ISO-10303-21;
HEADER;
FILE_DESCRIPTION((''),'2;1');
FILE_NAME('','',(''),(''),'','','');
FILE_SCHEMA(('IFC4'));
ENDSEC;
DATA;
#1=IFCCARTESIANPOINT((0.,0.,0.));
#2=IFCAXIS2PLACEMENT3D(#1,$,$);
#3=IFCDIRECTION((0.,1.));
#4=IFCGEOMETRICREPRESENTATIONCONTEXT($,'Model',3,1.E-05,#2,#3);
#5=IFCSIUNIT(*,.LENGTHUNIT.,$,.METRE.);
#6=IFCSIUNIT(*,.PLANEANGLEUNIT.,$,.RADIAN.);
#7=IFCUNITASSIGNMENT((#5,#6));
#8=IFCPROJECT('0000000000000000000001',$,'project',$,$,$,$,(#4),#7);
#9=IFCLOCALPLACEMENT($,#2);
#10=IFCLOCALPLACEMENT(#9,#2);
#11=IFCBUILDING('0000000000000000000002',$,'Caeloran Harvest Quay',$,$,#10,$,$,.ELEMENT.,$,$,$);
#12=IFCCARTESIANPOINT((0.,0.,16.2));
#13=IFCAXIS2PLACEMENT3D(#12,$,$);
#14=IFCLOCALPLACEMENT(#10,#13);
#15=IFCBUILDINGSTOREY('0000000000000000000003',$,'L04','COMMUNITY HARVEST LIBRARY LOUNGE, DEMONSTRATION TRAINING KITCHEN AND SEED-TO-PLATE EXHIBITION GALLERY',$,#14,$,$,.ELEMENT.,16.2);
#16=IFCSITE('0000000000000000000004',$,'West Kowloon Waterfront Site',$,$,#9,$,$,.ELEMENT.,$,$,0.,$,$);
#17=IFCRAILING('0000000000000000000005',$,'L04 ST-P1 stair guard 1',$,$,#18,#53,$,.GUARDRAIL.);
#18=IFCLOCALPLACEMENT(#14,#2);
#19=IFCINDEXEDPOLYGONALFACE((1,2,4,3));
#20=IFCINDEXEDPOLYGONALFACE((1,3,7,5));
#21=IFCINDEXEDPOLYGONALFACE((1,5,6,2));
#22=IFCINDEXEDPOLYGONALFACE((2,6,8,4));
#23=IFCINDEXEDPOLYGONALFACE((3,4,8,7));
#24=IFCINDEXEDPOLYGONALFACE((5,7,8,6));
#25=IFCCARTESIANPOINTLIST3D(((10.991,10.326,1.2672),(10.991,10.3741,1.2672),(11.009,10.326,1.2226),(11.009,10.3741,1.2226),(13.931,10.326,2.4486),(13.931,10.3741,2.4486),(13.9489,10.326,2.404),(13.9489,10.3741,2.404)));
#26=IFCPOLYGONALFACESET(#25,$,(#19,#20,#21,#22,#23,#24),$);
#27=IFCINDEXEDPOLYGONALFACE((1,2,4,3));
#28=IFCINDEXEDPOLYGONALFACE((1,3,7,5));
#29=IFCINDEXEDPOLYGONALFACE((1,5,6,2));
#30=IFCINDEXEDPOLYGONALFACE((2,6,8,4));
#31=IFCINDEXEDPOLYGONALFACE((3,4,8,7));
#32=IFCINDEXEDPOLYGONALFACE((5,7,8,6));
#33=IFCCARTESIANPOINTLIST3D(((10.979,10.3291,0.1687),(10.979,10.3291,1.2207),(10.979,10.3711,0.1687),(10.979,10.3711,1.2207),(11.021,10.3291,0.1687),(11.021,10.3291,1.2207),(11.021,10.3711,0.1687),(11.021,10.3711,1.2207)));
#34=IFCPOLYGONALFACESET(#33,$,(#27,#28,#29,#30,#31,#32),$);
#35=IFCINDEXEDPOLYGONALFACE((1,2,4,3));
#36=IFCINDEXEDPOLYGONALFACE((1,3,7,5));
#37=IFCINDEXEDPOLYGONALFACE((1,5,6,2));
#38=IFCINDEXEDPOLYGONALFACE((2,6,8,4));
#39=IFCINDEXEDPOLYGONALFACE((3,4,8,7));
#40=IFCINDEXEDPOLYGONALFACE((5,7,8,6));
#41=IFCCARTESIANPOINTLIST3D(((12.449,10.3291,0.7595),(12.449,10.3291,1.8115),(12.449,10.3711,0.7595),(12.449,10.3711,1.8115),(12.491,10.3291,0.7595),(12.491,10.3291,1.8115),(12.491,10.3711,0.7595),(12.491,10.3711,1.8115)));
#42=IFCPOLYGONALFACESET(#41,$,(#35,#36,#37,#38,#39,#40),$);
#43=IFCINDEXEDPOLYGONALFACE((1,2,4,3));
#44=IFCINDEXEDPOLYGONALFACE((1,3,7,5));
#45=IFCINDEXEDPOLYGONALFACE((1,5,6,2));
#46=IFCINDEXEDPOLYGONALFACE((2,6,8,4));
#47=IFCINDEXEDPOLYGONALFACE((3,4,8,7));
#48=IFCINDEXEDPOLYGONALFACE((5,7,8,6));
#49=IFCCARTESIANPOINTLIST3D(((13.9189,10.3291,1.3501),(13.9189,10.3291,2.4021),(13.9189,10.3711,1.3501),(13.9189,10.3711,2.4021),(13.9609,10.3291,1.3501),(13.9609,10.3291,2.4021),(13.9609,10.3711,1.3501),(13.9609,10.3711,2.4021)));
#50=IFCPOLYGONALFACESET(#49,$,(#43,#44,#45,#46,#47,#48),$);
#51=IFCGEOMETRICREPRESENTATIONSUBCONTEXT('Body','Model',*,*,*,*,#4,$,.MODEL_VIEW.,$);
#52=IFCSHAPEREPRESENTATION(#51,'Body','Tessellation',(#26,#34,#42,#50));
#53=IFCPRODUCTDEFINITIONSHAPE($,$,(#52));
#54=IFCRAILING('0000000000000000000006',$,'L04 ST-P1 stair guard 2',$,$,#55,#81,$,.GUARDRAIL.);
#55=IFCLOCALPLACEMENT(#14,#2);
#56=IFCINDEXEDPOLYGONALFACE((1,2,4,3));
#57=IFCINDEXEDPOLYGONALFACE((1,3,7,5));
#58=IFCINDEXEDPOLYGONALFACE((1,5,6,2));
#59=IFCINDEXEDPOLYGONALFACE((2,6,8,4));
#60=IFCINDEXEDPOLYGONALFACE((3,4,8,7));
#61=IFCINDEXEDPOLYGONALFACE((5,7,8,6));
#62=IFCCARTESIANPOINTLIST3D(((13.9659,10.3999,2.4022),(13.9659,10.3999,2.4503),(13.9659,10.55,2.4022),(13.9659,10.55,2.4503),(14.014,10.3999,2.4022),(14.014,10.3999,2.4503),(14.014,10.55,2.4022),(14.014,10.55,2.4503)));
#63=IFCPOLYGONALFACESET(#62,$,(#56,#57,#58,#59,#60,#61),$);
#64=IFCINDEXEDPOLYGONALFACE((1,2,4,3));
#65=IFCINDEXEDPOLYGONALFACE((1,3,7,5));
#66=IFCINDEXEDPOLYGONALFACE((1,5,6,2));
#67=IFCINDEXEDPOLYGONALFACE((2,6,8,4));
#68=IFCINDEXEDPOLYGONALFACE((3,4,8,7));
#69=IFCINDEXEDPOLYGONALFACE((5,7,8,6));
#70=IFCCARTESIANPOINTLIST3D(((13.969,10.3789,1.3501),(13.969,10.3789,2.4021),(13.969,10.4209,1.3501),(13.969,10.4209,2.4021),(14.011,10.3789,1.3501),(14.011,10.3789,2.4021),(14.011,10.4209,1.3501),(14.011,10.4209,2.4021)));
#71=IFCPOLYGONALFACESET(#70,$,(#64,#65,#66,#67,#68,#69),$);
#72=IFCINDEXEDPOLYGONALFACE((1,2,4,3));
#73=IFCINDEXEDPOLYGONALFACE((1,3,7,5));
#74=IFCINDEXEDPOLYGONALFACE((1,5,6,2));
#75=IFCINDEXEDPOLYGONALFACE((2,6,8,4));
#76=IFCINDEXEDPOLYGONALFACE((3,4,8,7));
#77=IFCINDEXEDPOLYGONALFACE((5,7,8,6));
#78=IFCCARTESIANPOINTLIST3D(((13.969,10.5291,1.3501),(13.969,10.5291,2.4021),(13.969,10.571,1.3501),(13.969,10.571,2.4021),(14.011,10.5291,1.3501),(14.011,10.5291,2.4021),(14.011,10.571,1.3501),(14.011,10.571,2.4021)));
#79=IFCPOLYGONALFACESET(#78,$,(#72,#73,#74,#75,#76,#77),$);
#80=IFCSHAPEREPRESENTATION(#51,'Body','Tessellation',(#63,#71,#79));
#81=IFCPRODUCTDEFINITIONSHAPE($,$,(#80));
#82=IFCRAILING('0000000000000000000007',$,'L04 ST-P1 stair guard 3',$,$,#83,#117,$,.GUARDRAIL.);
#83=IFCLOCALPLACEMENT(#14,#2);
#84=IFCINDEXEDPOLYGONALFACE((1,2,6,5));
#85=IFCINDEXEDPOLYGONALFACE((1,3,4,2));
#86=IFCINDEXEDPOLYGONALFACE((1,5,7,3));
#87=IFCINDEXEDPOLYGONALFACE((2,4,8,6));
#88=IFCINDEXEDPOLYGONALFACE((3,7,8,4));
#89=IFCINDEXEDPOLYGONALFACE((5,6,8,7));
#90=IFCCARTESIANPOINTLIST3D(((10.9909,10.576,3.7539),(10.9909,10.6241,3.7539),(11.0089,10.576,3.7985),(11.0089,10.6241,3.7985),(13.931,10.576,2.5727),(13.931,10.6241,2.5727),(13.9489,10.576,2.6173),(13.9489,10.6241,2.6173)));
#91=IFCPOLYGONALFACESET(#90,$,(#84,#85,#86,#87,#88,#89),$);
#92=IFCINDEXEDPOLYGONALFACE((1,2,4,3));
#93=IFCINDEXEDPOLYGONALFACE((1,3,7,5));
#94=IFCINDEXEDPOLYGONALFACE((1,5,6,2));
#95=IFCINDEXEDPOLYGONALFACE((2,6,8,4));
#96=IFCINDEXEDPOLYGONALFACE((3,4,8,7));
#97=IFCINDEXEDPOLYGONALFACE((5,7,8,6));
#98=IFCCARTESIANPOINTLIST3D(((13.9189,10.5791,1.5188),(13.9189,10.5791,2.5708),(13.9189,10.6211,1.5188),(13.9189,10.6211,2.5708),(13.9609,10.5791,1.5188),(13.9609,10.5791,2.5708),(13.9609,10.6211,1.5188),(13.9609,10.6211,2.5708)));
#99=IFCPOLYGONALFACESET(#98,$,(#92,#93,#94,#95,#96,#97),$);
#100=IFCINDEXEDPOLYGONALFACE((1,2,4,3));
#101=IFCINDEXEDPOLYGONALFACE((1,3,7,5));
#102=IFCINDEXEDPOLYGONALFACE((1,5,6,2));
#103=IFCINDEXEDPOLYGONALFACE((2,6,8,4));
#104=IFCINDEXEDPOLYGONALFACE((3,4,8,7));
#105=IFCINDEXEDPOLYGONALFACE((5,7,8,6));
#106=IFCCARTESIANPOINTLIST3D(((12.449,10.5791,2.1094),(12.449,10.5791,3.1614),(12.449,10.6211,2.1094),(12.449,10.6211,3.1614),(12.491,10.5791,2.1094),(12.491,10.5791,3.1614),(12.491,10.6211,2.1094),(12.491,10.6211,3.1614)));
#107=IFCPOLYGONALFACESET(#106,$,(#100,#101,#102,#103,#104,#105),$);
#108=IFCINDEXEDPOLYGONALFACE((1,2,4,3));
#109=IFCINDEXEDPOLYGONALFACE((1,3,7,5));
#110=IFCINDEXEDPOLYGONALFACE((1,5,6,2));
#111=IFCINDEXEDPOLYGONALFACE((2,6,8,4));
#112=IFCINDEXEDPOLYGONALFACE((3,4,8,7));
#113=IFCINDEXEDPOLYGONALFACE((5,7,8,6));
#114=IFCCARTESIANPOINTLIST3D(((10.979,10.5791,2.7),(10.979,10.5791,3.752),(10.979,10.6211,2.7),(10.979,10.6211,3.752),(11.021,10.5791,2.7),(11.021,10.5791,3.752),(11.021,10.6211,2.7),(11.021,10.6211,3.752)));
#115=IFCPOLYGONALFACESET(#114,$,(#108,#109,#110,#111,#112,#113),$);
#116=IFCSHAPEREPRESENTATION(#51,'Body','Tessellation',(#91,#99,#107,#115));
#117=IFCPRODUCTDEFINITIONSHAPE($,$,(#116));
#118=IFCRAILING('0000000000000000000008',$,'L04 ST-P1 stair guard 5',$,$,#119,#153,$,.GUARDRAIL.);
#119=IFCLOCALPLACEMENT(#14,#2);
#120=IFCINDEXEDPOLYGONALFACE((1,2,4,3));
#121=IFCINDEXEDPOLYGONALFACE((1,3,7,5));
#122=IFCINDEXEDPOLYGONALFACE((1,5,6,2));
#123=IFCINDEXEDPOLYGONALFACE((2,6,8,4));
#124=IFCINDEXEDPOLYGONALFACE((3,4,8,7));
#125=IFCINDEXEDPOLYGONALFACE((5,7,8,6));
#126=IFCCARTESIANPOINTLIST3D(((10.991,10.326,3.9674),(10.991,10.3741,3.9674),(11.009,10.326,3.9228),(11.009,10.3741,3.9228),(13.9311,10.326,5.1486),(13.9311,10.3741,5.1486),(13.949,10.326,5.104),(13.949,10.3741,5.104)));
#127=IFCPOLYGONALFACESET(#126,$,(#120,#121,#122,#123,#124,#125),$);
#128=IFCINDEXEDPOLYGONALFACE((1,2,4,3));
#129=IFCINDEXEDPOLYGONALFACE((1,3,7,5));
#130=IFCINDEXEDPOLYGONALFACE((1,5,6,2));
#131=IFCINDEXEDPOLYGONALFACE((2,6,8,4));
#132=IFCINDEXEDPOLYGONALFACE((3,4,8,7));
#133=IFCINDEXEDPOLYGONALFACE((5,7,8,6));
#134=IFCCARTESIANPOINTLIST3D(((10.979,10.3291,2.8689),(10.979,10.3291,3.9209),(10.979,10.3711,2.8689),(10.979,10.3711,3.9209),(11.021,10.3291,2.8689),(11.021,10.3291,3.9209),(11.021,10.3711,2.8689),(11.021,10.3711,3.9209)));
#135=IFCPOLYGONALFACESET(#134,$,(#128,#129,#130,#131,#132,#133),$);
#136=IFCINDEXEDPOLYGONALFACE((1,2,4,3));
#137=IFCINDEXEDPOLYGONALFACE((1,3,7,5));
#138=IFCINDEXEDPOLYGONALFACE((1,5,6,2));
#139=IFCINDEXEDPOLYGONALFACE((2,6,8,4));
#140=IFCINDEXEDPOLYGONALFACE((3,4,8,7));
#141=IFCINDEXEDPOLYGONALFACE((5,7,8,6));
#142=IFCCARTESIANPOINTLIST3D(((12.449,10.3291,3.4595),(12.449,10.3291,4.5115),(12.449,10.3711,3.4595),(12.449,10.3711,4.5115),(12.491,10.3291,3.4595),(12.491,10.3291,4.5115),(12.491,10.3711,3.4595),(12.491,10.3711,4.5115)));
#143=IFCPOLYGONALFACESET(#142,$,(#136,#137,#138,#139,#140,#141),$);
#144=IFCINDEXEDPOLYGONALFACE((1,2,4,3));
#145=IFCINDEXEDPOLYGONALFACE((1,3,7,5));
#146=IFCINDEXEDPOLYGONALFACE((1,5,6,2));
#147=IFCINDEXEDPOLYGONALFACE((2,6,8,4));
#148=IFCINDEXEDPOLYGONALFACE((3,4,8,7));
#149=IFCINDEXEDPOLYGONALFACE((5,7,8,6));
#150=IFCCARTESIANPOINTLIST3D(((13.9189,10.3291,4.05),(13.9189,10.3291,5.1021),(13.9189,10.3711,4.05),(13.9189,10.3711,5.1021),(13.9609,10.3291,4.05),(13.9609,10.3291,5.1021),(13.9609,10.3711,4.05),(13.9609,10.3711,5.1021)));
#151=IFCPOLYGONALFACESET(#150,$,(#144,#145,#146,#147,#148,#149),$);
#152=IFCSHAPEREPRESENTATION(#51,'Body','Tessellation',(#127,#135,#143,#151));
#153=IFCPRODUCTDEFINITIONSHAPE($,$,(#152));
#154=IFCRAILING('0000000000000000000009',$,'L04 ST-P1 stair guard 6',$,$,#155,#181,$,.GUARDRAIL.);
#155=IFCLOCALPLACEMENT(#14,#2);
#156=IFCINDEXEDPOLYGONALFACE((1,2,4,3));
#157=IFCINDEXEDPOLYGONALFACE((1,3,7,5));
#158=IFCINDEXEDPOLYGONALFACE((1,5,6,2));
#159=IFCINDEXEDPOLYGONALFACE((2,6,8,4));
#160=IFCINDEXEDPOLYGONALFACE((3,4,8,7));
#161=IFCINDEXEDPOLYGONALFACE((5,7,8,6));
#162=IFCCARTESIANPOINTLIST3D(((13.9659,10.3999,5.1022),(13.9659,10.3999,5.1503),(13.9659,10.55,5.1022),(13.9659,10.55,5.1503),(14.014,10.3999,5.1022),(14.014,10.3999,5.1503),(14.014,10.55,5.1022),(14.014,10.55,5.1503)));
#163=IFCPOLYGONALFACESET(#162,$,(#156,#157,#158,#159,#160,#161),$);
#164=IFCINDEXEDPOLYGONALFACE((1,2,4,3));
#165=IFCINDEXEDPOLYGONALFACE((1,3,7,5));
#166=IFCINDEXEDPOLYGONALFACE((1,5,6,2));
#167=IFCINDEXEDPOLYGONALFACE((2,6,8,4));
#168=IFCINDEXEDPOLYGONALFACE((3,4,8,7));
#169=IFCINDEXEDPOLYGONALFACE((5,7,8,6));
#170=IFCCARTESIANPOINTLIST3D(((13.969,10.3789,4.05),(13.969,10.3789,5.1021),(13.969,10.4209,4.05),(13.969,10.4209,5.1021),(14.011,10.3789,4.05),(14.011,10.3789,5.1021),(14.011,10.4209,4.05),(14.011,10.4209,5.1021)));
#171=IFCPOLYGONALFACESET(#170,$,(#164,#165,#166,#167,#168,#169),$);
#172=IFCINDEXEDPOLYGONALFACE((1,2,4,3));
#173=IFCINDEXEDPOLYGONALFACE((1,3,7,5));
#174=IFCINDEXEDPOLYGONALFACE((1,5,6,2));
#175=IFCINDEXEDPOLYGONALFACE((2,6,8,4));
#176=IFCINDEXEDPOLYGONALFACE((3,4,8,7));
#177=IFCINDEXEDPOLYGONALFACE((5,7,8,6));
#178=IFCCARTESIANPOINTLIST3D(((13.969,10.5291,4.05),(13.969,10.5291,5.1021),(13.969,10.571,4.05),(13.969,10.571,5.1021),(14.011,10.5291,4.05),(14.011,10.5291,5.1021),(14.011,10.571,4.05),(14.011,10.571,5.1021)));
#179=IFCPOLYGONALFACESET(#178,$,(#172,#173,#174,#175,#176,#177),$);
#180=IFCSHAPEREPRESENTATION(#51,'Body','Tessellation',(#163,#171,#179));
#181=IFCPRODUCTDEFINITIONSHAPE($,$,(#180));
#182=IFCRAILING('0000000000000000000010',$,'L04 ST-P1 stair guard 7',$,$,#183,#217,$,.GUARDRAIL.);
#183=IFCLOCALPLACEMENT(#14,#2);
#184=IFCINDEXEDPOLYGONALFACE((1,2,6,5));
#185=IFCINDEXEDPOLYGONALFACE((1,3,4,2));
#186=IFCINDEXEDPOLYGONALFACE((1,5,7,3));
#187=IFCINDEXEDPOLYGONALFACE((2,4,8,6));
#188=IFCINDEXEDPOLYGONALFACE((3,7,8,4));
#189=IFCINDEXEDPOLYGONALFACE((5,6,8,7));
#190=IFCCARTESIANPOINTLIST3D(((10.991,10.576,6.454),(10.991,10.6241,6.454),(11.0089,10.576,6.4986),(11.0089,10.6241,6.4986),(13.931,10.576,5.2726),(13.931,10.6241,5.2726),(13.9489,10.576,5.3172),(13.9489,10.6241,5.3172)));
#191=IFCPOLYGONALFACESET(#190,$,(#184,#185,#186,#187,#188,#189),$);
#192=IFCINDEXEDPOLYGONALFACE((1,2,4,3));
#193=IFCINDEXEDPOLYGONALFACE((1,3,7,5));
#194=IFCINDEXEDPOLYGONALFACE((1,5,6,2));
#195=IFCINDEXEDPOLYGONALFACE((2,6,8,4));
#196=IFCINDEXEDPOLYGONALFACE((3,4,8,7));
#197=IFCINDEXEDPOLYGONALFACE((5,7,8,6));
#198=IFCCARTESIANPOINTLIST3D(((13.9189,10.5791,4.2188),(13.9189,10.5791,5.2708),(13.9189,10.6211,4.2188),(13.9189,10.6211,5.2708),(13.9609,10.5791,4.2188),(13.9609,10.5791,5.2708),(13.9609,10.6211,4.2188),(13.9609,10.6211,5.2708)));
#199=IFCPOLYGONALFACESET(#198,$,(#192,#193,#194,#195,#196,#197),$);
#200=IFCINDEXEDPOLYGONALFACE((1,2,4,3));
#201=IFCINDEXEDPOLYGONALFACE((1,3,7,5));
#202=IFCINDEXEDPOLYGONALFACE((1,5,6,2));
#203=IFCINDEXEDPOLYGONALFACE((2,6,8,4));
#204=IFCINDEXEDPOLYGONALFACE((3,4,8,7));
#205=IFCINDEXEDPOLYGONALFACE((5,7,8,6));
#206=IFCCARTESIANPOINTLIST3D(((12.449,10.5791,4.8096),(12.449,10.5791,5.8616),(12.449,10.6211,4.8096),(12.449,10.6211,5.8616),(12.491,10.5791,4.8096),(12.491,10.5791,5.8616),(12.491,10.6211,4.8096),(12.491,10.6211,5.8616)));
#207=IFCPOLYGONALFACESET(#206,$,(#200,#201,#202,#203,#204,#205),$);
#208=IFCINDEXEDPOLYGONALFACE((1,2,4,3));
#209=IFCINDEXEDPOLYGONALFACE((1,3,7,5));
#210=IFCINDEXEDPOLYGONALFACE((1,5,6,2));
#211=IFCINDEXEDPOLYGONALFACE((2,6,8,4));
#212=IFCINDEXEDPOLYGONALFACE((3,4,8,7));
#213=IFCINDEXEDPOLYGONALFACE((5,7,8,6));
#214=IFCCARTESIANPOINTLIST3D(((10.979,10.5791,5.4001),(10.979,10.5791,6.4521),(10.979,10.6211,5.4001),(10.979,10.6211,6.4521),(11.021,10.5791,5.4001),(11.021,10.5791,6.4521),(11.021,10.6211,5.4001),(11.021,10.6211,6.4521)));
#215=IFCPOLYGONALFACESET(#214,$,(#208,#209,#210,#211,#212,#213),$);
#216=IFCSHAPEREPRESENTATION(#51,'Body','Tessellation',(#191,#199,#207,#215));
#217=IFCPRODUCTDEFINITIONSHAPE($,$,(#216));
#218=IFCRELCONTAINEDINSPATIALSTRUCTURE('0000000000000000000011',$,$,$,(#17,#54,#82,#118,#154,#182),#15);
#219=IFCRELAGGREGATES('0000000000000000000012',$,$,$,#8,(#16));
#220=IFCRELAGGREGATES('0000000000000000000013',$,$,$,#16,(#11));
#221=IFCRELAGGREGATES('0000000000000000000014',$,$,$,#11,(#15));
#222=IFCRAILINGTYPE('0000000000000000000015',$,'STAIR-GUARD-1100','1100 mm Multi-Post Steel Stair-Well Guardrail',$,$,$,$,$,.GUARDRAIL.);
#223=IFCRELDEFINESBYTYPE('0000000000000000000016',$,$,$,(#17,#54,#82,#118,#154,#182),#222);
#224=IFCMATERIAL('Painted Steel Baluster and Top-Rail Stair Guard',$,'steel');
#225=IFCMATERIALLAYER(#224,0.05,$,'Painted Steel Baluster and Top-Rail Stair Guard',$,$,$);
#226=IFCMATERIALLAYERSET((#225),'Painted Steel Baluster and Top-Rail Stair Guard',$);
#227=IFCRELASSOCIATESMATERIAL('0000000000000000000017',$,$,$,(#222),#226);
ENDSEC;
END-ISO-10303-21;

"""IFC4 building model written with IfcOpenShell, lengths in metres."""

from ifc_helpers import new_model, si_unit, direction, frame, origin, origin_2d, place, context, subcontext, project, spatial, rectangle, extrude, material, layer, layer_set, type_object, element, save


model = new_model("IFC4")

# Units and contexts
model_context = context("Model", 3, precision=1e-05, world=origin(), true_north=direction((0.0, 1.0)))
body_context = subcontext(model_context, "Body", "Model", "MODEL_VIEW")
ifc_project = project(units=[si_unit("LENGTHUNIT", "METRE"), si_unit("PLANEANGLEUNIT", "RADIAN")], contexts=[model_context])

# Site, building, storey
site_placement = place(None, origin())
site = spatial("IfcSite", under=ifc_project, at=site_placement, Name="West Kowloon Waterfront Site", CompositionType="ELEMENT", RefElevation=0.0)
building_placement = place(site_placement, origin())
building = spatial("IfcBuilding", under=site, at=building_placement, Name="Caeloran Harvest Quay", CompositionType="ELEMENT")
storey_placement = place(building_placement, frame((0.0, 0.0, 16.2)))
storey = spatial("IfcBuildingStorey", under=building, at=storey_placement, Name="L04", Description="COMMUNITY HARVEST LIBRARY LOUNGE, DEMONSTRATION TRAINING KITCHEN AND SEED-TO-PLATE EXHIBITION GALLERY", CompositionType="ELEMENT", Elevation=16.2)

# Railings
ifc_material_1 = material(Name="Painted Steel Baluster and Top-Rail Stair Guard", Category="steel")
ifc_layer_1 = layer(ifc_material_1, 0.05, Name="Painted Steel Baluster and Top-Rail Stair Guard")
ifc_layer_set_1 = layer_set([ifc_layer_1], Name="Painted Steel Baluster and Top-Rail Stair Guard")
railing_type_1 = type_object("IfcRailingType", Name="STAIR-GUARD-1100", Description="1100 mm Multi-Post Steel Stair-Well Guardrail", PredefinedType="GUARDRAIL", material=ifc_layer_set_1)
railing_1_placement = place(storey_placement, frame((11.0, 10.3501, 0.1687)))
element("IfcRailing", 1, at=railing_1_placement, inside=storey, type_object=railing_type_1, Name="L04 ST-P1 stair guard 1", PredefinedType="GUARDRAIL", context=body_context, shape_type="SweptSolid", body=[
    extrude(rectangle(XDim=0.0481, YDim=0.0481, at=origin_2d()), frame((0.0, 0.0, 1.0762), z_axis=(0.927886, 0.0, 0.372865), x_axis=(0.0, 1.0, 0.0)), (0.0, 0.0, 1.0), 3.1685),
    extrude(rectangle(XDim=0.042, YDim=0.042, at=origin_2d()), origin(), (0.0, 0.0, 1.0), 1.052),
    extrude(rectangle(XDim=0.042, YDim=0.042, at=origin_2d()), frame((1.47, 0.0, 0.5908)), (0.0, 0.0, 1.0), 1.052),
    extrude(rectangle(XDim=0.042, YDim=0.042, at=origin_2d()), frame((2.9399, 0.0, 1.1814)), (0.0, 0.0, 1.0), 1.052),
])
railing_2_placement = place(storey_placement, frame((13.99, 10.3999, 1.3501)))
element("IfcRailing", 2, at=railing_2_placement, inside=storey, type_object=railing_type_1, Name="L04 ST-P1 stair guard 2", PredefinedType="GUARDRAIL", context=body_context, shape_type="SweptSolid", body=[
    extrude(rectangle(XDim=0.0481, YDim=0.0481, at=origin_2d()), frame((0.0, 0.0, 1.0762), z_axis=(0.0, 1.0, 0.0), x_axis=(-1.0, 0.0, 0.0)), (0.0, 0.0, 1.0), 0.1501),
    extrude(rectangle(XDim=0.042, YDim=0.042, at=origin_2d()), origin(), (0.0, 0.0, 1.0), 1.052),
    extrude(rectangle(XDim=0.042, YDim=0.042, at=origin_2d()), frame((0.0, 0.1501, 0.0)), (0.0, 0.0, 1.0), 1.052),
])
railing_3_placement = place(storey_placement, frame((13.9399, 10.6001, 1.5188)))
element("IfcRailing", 3, at=railing_3_placement, inside=storey, type_object=railing_type_1, Name="L04 ST-P1 stair guard 3", PredefinedType="GUARDRAIL", context=body_context, shape_type="SweptSolid", body=[
    extrude(rectangle(XDim=0.0481, YDim=0.0481, at=origin_2d()), frame((0.0, 0.0, 1.0762), z_axis=(-0.927912, 0.0, 0.372799), x_axis=(0.0, -1.0, 0.0)), (0.0, 0.0, 1.0), 3.1685),
    extrude(rectangle(XDim=0.042, YDim=0.042, at=origin_2d()), origin(), (0.0, 0.0, 1.0), 1.052),
    extrude(rectangle(XDim=0.042, YDim=0.042, at=origin_2d()), frame((-1.47, 0.0, 0.5906)), (0.0, 0.0, 1.0), 1.052),
    extrude(rectangle(XDim=0.042, YDim=0.042, at=origin_2d()), frame((-2.9399, 0.0, 1.1812)), (0.0, 0.0, 1.0), 1.052),
])
railing_4_placement = place(storey_placement, frame((11.0, 10.3501, 2.8689)))
element("IfcRailing", 4, at=railing_4_placement, inside=storey, type_object=railing_type_1, Name="L04 ST-P1 stair guard 5", PredefinedType="GUARDRAIL", context=body_context, shape_type="SweptSolid", body=[
    extrude(rectangle(XDim=0.0481, YDim=0.0481, at=origin_2d()), frame((0.0, 0.0, 1.0762), z_axis=(0.927912, 0.0, 0.372799), x_axis=(0.0, 1.0, 0.0)), (0.0, 0.0, 1.0), 3.1685),
    extrude(rectangle(XDim=0.042, YDim=0.042, at=origin_2d()), origin(), (0.0, 0.0, 1.0), 1.052),
    extrude(rectangle(XDim=0.042, YDim=0.042, at=origin_2d()), frame((1.47, 0.0, 0.5906)), (0.0, 0.0, 1.0), 1.052),
    extrude(rectangle(XDim=0.042, YDim=0.042, at=origin_2d()), frame((2.9399, 0.0, 1.1812)), (0.0, 0.0, 1.0), 1.052),
])
railing_5_placement = place(storey_placement, frame((13.99, 10.3999, 4.05)))
element("IfcRailing", 5, at=railing_5_placement, inside=storey, type_object=railing_type_1, Name="L04 ST-P1 stair guard 6", PredefinedType="GUARDRAIL", context=body_context, shape_type="SweptSolid", body=[
    extrude(rectangle(XDim=0.0481, YDim=0.0481, at=origin_2d()), frame((0.0, 0.0, 1.0762), z_axis=(0.0, 1.0, 0.0), x_axis=(-1.0, 0.0, 0.0)), (0.0, 0.0, 1.0), 0.1501),
    extrude(rectangle(XDim=0.042, YDim=0.042, at=origin_2d()), origin(), (0.0, 0.0, 1.0), 1.052),
    extrude(rectangle(XDim=0.042, YDim=0.042, at=origin_2d()), frame((0.0, 0.1501, 0.0)), (0.0, 0.0, 1.0), 1.052),
])
railing_6_placement = place(storey_placement, frame((13.9399, 10.6001, 4.2188)))
element("IfcRailing", 6, at=railing_6_placement, inside=storey, type_object=railing_type_1, Name="L04 ST-P1 stair guard 7", PredefinedType="GUARDRAIL", context=body_context, shape_type="SweptSolid", body=[
    extrude(rectangle(XDim=0.0481, YDim=0.0481, at=origin_2d()), frame((0.0, 0.0, 1.0762), z_axis=(-0.927886, 0.0, 0.372865), x_axis=(0.0, -1.0, 0.0)), (0.0, 0.0, 1.0), 3.1685),
    extrude(rectangle(XDim=0.042, YDim=0.042, at=origin_2d()), origin(), (0.0, 0.0, 1.0), 1.052),
    extrude(rectangle(XDim=0.042, YDim=0.042, at=origin_2d()), frame((-1.47, 0.0, 0.5908)), (0.0, 0.0, 1.0), 1.052),
    extrude(rectangle(XDim=0.042, YDim=0.042, at=origin_2d()), frame((-2.9399, 0.0, 1.1814)), (0.0, 0.0, 1.0), 1.052),
])

save(model, "model.ifc")
